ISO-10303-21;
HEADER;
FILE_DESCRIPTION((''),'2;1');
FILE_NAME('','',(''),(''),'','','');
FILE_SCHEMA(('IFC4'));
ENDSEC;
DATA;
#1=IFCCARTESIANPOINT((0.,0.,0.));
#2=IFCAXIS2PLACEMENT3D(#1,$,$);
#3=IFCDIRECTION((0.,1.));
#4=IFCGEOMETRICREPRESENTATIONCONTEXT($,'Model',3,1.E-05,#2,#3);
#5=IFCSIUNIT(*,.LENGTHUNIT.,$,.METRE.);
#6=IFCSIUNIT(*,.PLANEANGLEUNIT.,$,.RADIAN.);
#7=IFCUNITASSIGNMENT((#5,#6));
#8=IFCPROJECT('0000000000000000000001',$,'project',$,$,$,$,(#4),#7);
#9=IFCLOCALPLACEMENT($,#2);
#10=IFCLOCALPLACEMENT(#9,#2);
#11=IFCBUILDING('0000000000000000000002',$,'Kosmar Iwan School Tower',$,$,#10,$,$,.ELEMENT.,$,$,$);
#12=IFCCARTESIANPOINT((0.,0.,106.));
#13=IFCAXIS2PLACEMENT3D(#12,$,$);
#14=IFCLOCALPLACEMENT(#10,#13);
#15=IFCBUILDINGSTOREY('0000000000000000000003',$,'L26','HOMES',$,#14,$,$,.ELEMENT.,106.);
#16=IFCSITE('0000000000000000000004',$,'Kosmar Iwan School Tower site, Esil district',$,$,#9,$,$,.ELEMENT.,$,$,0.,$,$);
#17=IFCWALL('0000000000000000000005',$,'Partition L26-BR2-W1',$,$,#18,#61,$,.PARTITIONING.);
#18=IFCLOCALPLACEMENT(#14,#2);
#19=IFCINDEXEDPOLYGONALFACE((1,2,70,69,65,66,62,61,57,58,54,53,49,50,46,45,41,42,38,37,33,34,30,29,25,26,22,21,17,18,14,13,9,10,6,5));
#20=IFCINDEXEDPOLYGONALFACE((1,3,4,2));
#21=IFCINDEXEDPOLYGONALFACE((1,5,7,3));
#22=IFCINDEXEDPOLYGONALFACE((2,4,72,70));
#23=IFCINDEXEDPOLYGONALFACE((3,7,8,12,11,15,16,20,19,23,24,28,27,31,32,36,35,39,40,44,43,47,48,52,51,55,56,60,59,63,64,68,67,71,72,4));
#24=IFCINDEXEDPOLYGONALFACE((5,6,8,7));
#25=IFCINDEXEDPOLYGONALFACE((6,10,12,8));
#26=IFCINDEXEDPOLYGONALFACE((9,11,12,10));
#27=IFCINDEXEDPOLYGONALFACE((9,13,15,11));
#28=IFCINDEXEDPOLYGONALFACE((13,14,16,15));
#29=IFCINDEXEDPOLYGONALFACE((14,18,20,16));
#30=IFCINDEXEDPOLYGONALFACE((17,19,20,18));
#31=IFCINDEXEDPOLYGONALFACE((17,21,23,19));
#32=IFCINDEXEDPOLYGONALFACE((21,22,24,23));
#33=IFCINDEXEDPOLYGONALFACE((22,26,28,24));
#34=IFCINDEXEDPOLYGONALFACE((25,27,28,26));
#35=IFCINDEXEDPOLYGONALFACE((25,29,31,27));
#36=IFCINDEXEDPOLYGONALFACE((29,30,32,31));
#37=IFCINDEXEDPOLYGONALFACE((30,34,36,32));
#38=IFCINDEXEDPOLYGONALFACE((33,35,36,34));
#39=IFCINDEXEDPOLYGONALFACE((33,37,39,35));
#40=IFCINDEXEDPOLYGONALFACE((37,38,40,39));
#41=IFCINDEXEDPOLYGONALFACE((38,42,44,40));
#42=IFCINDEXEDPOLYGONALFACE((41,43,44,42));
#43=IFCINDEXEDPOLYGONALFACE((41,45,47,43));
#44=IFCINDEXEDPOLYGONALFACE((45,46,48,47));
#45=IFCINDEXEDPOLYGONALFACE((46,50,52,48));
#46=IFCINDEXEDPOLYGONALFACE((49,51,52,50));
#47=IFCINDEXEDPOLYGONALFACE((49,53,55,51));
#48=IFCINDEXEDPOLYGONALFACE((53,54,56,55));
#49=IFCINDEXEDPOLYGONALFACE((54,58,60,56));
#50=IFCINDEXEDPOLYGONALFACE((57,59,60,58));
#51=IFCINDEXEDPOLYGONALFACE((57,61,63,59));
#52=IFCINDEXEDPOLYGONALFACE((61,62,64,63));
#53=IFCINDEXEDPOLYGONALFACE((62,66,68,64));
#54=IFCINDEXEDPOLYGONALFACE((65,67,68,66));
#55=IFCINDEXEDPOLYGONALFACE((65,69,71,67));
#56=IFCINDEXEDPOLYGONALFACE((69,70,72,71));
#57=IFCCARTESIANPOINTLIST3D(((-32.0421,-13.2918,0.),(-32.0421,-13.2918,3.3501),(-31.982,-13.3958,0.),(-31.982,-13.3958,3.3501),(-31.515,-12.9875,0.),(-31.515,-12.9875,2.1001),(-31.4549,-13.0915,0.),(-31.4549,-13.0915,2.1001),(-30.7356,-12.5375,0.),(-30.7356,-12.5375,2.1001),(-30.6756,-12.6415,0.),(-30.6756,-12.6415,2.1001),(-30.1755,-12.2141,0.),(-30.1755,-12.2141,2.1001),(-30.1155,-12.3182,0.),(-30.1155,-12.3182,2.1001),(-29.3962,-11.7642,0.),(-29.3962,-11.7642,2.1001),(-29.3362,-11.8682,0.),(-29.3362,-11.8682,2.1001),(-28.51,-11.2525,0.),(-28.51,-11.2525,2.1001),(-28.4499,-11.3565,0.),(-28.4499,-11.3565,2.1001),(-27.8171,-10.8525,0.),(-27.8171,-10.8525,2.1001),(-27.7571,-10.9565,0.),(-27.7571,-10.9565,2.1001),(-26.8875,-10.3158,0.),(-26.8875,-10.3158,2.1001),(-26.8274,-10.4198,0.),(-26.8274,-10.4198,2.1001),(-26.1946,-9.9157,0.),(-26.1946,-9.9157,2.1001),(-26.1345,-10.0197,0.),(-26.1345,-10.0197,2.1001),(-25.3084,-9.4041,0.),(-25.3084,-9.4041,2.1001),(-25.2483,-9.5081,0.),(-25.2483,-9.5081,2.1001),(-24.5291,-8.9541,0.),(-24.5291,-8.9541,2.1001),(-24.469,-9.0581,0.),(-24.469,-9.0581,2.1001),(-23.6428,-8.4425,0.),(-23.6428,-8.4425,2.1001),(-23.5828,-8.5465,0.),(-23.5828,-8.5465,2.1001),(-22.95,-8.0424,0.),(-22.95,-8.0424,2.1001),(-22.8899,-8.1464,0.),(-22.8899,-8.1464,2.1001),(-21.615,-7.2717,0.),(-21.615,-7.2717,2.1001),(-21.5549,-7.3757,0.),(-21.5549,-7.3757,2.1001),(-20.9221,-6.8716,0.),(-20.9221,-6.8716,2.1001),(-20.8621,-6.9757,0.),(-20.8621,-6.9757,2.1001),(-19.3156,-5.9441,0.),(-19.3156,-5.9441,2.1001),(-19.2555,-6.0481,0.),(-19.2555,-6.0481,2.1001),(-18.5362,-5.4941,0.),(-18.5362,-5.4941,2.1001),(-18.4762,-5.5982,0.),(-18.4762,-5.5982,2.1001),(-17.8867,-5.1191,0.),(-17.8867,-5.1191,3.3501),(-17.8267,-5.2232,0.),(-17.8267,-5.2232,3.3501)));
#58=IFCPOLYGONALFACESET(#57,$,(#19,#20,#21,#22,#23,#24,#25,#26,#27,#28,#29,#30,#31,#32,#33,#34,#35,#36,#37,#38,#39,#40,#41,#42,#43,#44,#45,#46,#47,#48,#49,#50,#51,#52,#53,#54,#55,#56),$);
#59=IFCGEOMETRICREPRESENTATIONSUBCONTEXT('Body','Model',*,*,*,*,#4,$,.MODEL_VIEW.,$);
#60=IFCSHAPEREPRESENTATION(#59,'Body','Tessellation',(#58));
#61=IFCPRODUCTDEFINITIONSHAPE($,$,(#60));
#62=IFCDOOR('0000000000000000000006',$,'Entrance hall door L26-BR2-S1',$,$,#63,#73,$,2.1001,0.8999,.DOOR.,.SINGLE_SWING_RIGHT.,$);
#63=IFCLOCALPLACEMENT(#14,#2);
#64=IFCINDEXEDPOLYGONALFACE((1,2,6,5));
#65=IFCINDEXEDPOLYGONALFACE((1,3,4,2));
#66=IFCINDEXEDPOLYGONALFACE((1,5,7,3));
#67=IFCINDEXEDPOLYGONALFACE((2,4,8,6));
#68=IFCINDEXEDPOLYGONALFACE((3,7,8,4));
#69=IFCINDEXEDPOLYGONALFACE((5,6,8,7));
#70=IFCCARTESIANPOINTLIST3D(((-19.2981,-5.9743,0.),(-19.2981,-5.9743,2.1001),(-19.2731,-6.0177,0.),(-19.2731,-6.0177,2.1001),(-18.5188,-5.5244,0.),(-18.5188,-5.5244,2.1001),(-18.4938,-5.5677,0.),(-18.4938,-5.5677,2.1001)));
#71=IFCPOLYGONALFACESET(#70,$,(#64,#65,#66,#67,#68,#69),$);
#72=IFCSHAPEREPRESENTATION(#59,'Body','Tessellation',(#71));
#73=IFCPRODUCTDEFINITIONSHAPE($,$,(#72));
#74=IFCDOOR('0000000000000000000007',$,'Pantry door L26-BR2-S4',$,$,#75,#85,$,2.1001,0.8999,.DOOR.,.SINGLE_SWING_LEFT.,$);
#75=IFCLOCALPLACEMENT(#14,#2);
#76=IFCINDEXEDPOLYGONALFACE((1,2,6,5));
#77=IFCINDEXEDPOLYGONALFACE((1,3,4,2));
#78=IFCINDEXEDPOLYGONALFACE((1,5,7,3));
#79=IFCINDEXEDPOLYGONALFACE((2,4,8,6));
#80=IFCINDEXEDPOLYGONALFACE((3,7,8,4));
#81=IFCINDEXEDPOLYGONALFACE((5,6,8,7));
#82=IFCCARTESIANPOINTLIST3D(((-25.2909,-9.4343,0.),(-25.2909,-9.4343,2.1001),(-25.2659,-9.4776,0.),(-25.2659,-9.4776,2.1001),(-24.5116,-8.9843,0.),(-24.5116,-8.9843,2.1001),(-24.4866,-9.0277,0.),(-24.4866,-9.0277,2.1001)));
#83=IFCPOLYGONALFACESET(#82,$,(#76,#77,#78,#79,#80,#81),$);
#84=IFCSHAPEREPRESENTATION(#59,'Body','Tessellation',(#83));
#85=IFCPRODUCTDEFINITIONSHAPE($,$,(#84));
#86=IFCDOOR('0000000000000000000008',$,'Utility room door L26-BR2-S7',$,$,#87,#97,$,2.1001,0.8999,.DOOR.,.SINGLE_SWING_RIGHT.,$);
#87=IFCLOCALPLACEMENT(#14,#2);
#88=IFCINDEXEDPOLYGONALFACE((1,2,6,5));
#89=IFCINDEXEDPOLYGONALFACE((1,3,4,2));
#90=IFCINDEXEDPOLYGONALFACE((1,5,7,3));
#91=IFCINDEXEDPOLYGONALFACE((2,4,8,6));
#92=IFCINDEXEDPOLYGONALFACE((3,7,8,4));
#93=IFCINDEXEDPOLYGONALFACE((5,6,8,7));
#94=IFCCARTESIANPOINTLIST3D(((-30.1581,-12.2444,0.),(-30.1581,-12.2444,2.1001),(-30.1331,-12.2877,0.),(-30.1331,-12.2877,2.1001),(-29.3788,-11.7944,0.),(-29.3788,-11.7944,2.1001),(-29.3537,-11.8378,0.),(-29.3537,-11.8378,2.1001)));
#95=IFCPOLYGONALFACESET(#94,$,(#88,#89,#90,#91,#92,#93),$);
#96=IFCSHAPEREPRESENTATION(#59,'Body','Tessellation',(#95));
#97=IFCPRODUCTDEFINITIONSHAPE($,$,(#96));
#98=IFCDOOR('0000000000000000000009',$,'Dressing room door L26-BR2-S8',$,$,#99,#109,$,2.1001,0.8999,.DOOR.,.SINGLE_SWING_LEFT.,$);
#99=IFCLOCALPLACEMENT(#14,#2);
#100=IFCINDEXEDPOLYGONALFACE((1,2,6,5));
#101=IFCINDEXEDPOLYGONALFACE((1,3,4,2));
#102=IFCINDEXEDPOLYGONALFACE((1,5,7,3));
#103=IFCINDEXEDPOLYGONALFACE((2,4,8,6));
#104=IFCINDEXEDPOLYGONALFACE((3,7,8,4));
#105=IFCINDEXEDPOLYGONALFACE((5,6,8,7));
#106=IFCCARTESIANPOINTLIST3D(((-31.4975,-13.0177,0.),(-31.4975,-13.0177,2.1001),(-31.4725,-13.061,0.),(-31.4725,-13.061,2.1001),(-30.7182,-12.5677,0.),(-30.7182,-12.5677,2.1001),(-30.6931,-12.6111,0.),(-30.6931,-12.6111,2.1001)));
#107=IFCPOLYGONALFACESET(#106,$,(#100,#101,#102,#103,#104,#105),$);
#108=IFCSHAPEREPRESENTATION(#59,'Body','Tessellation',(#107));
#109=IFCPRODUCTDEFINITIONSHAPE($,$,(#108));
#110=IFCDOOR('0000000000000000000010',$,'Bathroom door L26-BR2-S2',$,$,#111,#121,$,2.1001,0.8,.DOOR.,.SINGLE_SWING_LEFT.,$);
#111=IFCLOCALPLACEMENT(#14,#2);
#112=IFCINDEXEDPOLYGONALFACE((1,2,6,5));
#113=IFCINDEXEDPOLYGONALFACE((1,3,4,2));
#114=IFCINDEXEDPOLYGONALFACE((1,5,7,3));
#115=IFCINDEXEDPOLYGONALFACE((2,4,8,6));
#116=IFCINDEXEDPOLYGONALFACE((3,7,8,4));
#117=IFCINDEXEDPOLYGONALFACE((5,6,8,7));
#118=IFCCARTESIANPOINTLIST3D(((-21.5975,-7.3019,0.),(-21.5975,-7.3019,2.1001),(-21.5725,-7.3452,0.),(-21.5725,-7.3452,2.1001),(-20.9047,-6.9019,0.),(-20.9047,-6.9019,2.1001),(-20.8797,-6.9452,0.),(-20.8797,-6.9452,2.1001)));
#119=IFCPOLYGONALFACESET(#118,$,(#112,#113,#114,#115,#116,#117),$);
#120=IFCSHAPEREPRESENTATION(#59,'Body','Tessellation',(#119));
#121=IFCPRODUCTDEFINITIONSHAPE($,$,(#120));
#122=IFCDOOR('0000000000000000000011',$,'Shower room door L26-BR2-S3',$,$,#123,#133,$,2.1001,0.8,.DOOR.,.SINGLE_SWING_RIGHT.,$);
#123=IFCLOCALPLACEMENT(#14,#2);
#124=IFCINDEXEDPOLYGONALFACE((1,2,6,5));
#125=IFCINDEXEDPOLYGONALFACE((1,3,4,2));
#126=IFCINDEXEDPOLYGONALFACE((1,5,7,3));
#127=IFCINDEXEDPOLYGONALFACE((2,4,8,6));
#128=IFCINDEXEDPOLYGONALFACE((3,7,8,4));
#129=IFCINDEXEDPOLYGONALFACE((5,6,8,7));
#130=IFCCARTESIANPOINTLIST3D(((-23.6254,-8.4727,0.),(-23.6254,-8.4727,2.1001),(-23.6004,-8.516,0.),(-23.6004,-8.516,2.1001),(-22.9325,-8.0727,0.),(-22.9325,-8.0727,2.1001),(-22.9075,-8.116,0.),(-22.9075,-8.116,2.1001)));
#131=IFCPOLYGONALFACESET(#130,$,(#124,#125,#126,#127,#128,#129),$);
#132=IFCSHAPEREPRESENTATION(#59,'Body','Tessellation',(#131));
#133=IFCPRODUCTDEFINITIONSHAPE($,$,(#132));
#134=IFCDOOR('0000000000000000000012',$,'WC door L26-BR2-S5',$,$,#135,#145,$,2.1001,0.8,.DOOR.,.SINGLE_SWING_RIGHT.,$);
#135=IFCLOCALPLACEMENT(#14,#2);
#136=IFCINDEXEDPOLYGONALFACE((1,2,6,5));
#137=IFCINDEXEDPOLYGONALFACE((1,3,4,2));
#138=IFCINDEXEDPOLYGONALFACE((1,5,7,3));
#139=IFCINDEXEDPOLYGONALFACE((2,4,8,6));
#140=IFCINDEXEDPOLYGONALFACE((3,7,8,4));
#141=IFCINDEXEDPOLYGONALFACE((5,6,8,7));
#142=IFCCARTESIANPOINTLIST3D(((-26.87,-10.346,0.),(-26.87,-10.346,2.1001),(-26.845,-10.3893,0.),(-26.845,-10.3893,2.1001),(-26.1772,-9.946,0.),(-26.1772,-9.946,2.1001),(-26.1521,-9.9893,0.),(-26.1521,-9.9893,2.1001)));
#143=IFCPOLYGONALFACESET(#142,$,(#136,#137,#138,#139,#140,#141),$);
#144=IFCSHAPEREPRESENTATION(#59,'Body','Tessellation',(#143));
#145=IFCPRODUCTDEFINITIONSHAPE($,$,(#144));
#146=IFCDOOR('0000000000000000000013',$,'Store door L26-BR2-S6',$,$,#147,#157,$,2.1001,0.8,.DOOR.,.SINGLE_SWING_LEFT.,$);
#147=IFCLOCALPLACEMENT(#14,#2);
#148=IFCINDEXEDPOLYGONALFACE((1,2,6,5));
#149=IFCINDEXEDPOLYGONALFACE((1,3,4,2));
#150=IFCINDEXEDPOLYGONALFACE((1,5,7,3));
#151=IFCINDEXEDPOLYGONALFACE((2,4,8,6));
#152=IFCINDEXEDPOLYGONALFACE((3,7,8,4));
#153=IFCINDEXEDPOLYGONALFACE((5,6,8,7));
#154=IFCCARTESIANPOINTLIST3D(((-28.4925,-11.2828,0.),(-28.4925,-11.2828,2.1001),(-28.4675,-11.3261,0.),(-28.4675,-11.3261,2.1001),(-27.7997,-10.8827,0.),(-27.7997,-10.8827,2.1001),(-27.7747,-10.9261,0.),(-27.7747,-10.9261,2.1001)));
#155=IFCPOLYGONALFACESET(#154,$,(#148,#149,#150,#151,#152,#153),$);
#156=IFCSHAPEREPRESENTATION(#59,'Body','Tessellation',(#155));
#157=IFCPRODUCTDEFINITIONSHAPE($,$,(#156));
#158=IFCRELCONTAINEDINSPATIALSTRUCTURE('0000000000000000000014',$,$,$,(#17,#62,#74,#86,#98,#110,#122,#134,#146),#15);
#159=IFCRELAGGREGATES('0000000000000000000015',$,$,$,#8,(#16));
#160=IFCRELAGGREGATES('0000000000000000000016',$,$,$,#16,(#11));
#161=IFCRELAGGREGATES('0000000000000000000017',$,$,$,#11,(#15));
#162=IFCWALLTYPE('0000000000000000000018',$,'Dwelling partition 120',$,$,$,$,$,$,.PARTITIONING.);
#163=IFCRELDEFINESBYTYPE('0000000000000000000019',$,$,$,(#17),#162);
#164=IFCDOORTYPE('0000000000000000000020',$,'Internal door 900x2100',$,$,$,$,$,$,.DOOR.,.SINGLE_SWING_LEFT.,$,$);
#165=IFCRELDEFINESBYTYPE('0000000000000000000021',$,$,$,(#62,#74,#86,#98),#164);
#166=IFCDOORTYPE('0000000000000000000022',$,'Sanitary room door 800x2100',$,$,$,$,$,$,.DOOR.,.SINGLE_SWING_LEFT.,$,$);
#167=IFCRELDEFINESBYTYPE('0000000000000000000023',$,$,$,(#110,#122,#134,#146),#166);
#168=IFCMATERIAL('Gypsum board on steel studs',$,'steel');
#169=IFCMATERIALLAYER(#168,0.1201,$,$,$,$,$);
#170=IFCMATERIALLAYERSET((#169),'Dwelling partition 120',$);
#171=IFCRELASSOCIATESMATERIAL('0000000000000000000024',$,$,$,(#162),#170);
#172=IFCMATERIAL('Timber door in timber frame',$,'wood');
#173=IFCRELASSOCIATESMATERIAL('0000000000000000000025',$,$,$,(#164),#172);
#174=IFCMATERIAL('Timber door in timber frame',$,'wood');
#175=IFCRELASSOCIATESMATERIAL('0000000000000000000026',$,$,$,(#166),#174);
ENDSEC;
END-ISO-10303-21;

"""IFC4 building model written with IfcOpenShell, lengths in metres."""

from ifc_helpers import new_model, si_unit, direction, frame, frame_2d, origin, place, context, subcontext, project, spatial, rectangle, extrude, material, layer, layer_set, type_object, element, fill, save


model = new_model("IFC4")

# Units and contexts
model_context = context("Model", 3, precision=1e-05, world=origin(), true_north=direction((0.0, 1.0)))
body_context = subcontext(model_context, "Body", "Model", "MODEL_VIEW")
ifc_project = project(units=[si_unit("LENGTHUNIT", "METRE"), si_unit("PLANEANGLEUNIT", "RADIAN")], contexts=[model_context])

# Site, building, storey
site_placement = place(None, origin())
site = spatial("IfcSite", under=ifc_project, at=site_placement, Name="Kosmar Iwan School Tower site, Esil district", CompositionType="ELEMENT", RefElevation=0.0)
building_placement = place(site_placement, origin())
building = spatial("IfcBuilding", under=site, at=building_placement, Name="Kosmar Iwan School Tower", CompositionType="ELEMENT")
storey_placement = place(building_placement, frame((0.0, 0.0, 106.0)))
storey = spatial("IfcBuildingStorey", under=building, at=storey_placement, Name="L26", Description="HOMES", CompositionType="ELEMENT", Elevation=106.0)

# Wall, openings, doors
ifc_material_1 = material(Name="Gypsum board on steel studs", Category="steel")
ifc_layer = layer(ifc_material_1, 0.1201)
ifc_layer_set = layer_set([ifc_layer], Name="Dwelling partition 120")
wall_type = type_object("IfcWallType", Name="Dwelling partition 120", PredefinedType="PARTITIONING", material=ifc_layer_set)
wall_1_placement = place(storey_placement, frame((-17.8567, -5.1711, 0.0), z_axis=(0.0, 0.0, 1.0), x_axis=(-0.866024, -0.500003, 0.0)))
wall_1 = element("IfcWall", 1, at=wall_1_placement, inside=storey, type_object=wall_type, Name="Partition L26-BR2-W1", PredefinedType="PARTITIONING", context=body_context, shape_type="SweptSolid", body=[
    extrude(rectangle(XDim=16.3452, YDim=0.1201, at=frame_2d((8.1726, 0.0))), origin(), (0.0, 0.0, 1.0), 3.3501),
])
opening_1_placement = place(wall_1_placement, frame((0.75, 0.0, 0.0)))
opening_1 = element("IfcOpeningElement", 2, at=opening_1_placement, cuts=wall_1, PredefinedType="OPENING", context=body_context, shape_type="SweptSolid", body=[
    extrude(rectangle(XDim=0.8999, YDim=2.1001, at=frame_2d((0.45, 1.05))), frame((0.0, 0.072, 0.0), z_axis=(0.0, -1.0, 0.0), x_axis=(1.0, 0.0, 0.0)), (0.0, 0.0, 1.0), 0.144),
])
opening_2_placement = place(wall_1_placement, frame((3.5051, 0.0, 0.0)))
opening_2 = element("IfcOpeningElement", 3, at=opening_2_placement, cuts=wall_1, PredefinedType="OPENING", context=body_context, shape_type="SweptSolid", body=[
    extrude(rectangle(XDim=0.8, YDim=2.1001, at=frame_2d((0.3999, 1.05))), frame((0.0, 0.072, 0.0), z_axis=(0.0, -1.0, 0.0), x_axis=(1.0, 0.0, 0.0)), (0.0, 0.0, 1.0), 0.144),
])
opening_3_placement = place(wall_1_placement, frame((5.8467, 0.0, 0.0)))
opening_3 = element("IfcOpeningElement", 4, at=opening_3_placement, cuts=wall_1, PredefinedType="OPENING", context=body_context, shape_type="SweptSolid", body=[
    extrude(rectangle(XDim=0.8, YDim=2.1001, at=frame_2d((0.3999, 1.05))), frame((0.0, 0.072, 0.0), z_axis=(0.0, -1.0, 0.0), x_axis=(1.0, 0.0, 0.0)), (0.0, 0.0, 1.0), 0.144),
])
opening_4_placement = place(wall_1_placement, frame((7.6699, 0.0, 0.0)))
opening_4 = element("IfcOpeningElement", 5, at=opening_4_placement, cuts=wall_1, PredefinedType="OPENING", context=body_context, shape_type="SweptSolid", body=[
    extrude(rectangle(XDim=0.8999, YDim=2.1001, at=frame_2d((0.45, 1.05))), frame((0.0, 0.072, 0.0), z_axis=(0.0, -1.0, 0.0), x_axis=(1.0, 0.0, 0.0)), (0.0, 0.0, 1.0), 0.144),
])
opening_5_placement = place(wall_1_placement, frame((9.5933, 0.0, 0.0)))
opening_5 = element("IfcOpeningElement", 6, at=opening_5_placement, cuts=wall_1, PredefinedType="OPENING", context=body_context, shape_type="SweptSolid", body=[
    extrude(rectangle(XDim=0.8, YDim=2.1001, at=frame_2d((0.3999, 1.05))), frame((0.0, 0.072, 0.0), z_axis=(0.0, -1.0, 0.0), x_axis=(1.0, 0.0, 0.0)), (0.0, 0.0, 1.0), 0.144),
])
opening_6_placement = place(wall_1_placement, frame((11.4668, 0.0, 0.0)))
opening_6 = element("IfcOpeningElement", 7, at=opening_6_placement, cuts=wall_1, PredefinedType="OPENING", context=body_context, shape_type="SweptSolid", body=[
    extrude(rectangle(XDim=0.8, YDim=2.1001, at=frame_2d((0.3999, 1.05))), frame((0.0, 0.072, 0.0), z_axis=(0.0, -1.0, 0.0), x_axis=(1.0, 0.0, 0.0)), (0.0, 0.0, 1.0), 0.144),
])
opening_7_placement = place(wall_1_placement, frame((13.29, 0.0, 0.0)))
opening_7 = element("IfcOpeningElement", 8, at=opening_7_placement, cuts=wall_1, PredefinedType="OPENING", context=body_context, shape_type="SweptSolid", body=[
    extrude(rectangle(XDim=0.8999, YDim=2.1001, at=frame_2d((0.45, 1.05))), frame((0.0, 0.072, 0.0), z_axis=(0.0, -1.0, 0.0), x_axis=(1.0, 0.0, 0.0)), (0.0, 0.0, 1.0), 0.144),
])
opening_8_placement = place(wall_1_placement, frame((14.8367, 0.0, 0.0)))
opening_8 = element("IfcOpeningElement", 9, at=opening_8_placement, cuts=wall_1, PredefinedType="OPENING", context=body_context, shape_type="SweptSolid", body=[
    extrude(rectangle(XDim=0.8999, YDim=2.1001, at=frame_2d((0.45, 1.05))), frame((0.0, 0.072, 0.0), z_axis=(0.0, -1.0, 0.0), x_axis=(1.0, 0.0, 0.0)), (0.0, 0.0, 1.0), 0.144),
])
ifc_material_2 = material(Name="Timber door in timber frame", Category="wood")
door_type_1 = type_object("IfcDoorType", Name="Internal door 900x2100", OperationType="SINGLE_SWING_LEFT", PredefinedType="DOOR", material=ifc_material_2)
door_1_placement = place(opening_1_placement, origin())
door_1 = element("IfcDoor", 10, at=door_1_placement, inside=storey, type_object=door_type_1, Name="Entrance hall door L26-BR2-S1", OperationType="SINGLE_SWING_RIGHT", OverallHeight=2.1001, OverallWidth=0.8999, PredefinedType="DOOR", context=body_context, shape_type="SweptSolid", body=[
    extrude(rectangle(XDim=0.8999, YDim=2.1001, at=frame_2d((0.45, 1.05))), frame((0.0, 0.0249, 0.0), z_axis=(0.0, -1.0, 0.0), x_axis=(1.0, 0.0, 0.0)), (0.0, 0.0, 1.0), 0.05),
])
fill(opening_1, door_1)
door_2_placement = place(opening_4_placement, origin())
door_2 = element("IfcDoor", 11, at=door_2_placement, inside=storey, type_object=door_type_1, Name="Pantry door L26-BR2-S4", OperationType="SINGLE_SWING_LEFT", OverallHeight=2.1001, OverallWidth=0.8999, PredefinedType="DOOR", context=body_context, shape_type="SweptSolid", body=[
    extrude(rectangle(XDim=0.8999, YDim=2.1001, at=frame_2d((0.45, 1.05))), frame((0.0, 0.0249, 0.0), z_axis=(0.0, -1.0, 0.0), x_axis=(1.0, 0.0, 0.0)), (0.0, 0.0, 1.0), 0.05),
])
fill(opening_4, door_2)
door_3_placement = place(opening_7_placement, origin())
door_3 = element("IfcDoor", 12, at=door_3_placement, inside=storey, type_object=door_type_1, Name="Utility room door L26-BR2-S7", OperationType="SINGLE_SWING_RIGHT", OverallHeight=2.1001, OverallWidth=0.8999, PredefinedType="DOOR", context=body_context, shape_type="SweptSolid", body=[
    extrude(rectangle(XDim=0.8999, YDim=2.1001, at=frame_2d((0.45, 1.05))), frame((0.0, 0.0249, 0.0), z_axis=(0.0, -1.0, 0.0), x_axis=(1.0, 0.0, 0.0)), (0.0, 0.0, 1.0), 0.05),
])
fill(opening_7, door_3)
door_4_placement = place(opening_8_placement, origin())
door_4 = element("IfcDoor", 13, at=door_4_placement, inside=storey, type_object=door_type_1, Name="Dressing room door L26-BR2-S8", OperationType="SINGLE_SWING_LEFT", OverallHeight=2.1001, OverallWidth=0.8999, PredefinedType="DOOR", context=body_context, shape_type="SweptSolid", body=[
    extrude(rectangle(XDim=0.8999, YDim=2.1001, at=frame_2d((0.45, 1.05))), frame((0.0, 0.0249, 0.0), z_axis=(0.0, -1.0, 0.0), x_axis=(1.0, 0.0, 0.0)), (0.0, 0.0, 1.0), 0.05),
])
fill(opening_8, door_4)
ifc_material_3 = material(Name="Timber door in timber frame", Category="wood")
door_type_2 = type_object("IfcDoorType", Name="Sanitary room door 800x2100", OperationType="SINGLE_SWING_LEFT", PredefinedType="DOOR", material=ifc_material_3)
door_5_placement = place(opening_2_placement, origin())
door_5 = element("IfcDoor", 14, at=door_5_placement, inside=storey, type_object=door_type_2, Name="Bathroom door L26-BR2-S2", OperationType="SINGLE_SWING_LEFT", OverallHeight=2.1001, OverallWidth=0.8, PredefinedType="DOOR", context=body_context, shape_type="SweptSolid", body=[
    extrude(rectangle(XDim=0.8, YDim=2.1001, at=frame_2d((0.3999, 1.05))), frame((0.0, 0.0249, 0.0), z_axis=(0.0, -1.0, 0.0), x_axis=(1.0, 0.0, 0.0)), (0.0, 0.0, 1.0), 0.05),
])
fill(opening_2, door_5)
door_6_placement = place(opening_3_placement, origin())
door_6 = element("IfcDoor", 15, at=door_6_placement, inside=storey, type_object=door_type_2, Name="Shower room door L26-BR2-S3", OperationType="SINGLE_SWING_RIGHT", OverallHeight=2.1001, OverallWidth=0.8, PredefinedType="DOOR", context=body_context, shape_type="SweptSolid", body=[
    extrude(rectangle(XDim=0.8, YDim=2.1001, at=frame_2d((0.3999, 1.05))), frame((0.0, 0.0249, 0.0), z_axis=(0.0, -1.0, 0.0), x_axis=(1.0, 0.0, 0.0)), (0.0, 0.0, 1.0), 0.05),
])
fill(opening_3, door_6)
door_7_placement = place(opening_5_placement, origin())
door_7 = element("IfcDoor", 16, at=door_7_placement, inside=storey, type_object=door_type_2, Name="WC door L26-BR2-S5", OperationType="SINGLE_SWING_RIGHT", OverallHeight=2.1001, OverallWidth=0.8, PredefinedType="DOOR", context=body_context, shape_type="SweptSolid", body=[
    extrude(rectangle(XDim=0.8, YDim=2.1001, at=frame_2d((0.3999, 1.05))), frame((0.0, 0.0249, 0.0), z_axis=(0.0, -1.0, 0.0), x_axis=(1.0, 0.0, 0.0)), (0.0, 0.0, 1.0), 0.05),
])
fill(opening_5, door_7)
door_8_placement = place(opening_6_placement, origin())
door_8 = element("IfcDoor", 17, at=door_8_placement, inside=storey, type_object=door_type_2, Name="Store door L26-BR2-S6", OperationType="SINGLE_SWING_LEFT", OverallHeight=2.1001, OverallWidth=0.8, PredefinedType="DOOR", context=body_context, shape_type="SweptSolid", body=[
    extrude(rectangle(XDim=0.8, YDim=2.1001, at=frame_2d((0.3999, 1.05))), frame((0.0, 0.0249, 0.0), z_axis=(0.0, -1.0, 0.0), x_axis=(1.0, 0.0, 0.0)), (0.0, 0.0, 1.0), 0.05),
])
fill(opening_6, door_8)

save(model, "model.ifc")
